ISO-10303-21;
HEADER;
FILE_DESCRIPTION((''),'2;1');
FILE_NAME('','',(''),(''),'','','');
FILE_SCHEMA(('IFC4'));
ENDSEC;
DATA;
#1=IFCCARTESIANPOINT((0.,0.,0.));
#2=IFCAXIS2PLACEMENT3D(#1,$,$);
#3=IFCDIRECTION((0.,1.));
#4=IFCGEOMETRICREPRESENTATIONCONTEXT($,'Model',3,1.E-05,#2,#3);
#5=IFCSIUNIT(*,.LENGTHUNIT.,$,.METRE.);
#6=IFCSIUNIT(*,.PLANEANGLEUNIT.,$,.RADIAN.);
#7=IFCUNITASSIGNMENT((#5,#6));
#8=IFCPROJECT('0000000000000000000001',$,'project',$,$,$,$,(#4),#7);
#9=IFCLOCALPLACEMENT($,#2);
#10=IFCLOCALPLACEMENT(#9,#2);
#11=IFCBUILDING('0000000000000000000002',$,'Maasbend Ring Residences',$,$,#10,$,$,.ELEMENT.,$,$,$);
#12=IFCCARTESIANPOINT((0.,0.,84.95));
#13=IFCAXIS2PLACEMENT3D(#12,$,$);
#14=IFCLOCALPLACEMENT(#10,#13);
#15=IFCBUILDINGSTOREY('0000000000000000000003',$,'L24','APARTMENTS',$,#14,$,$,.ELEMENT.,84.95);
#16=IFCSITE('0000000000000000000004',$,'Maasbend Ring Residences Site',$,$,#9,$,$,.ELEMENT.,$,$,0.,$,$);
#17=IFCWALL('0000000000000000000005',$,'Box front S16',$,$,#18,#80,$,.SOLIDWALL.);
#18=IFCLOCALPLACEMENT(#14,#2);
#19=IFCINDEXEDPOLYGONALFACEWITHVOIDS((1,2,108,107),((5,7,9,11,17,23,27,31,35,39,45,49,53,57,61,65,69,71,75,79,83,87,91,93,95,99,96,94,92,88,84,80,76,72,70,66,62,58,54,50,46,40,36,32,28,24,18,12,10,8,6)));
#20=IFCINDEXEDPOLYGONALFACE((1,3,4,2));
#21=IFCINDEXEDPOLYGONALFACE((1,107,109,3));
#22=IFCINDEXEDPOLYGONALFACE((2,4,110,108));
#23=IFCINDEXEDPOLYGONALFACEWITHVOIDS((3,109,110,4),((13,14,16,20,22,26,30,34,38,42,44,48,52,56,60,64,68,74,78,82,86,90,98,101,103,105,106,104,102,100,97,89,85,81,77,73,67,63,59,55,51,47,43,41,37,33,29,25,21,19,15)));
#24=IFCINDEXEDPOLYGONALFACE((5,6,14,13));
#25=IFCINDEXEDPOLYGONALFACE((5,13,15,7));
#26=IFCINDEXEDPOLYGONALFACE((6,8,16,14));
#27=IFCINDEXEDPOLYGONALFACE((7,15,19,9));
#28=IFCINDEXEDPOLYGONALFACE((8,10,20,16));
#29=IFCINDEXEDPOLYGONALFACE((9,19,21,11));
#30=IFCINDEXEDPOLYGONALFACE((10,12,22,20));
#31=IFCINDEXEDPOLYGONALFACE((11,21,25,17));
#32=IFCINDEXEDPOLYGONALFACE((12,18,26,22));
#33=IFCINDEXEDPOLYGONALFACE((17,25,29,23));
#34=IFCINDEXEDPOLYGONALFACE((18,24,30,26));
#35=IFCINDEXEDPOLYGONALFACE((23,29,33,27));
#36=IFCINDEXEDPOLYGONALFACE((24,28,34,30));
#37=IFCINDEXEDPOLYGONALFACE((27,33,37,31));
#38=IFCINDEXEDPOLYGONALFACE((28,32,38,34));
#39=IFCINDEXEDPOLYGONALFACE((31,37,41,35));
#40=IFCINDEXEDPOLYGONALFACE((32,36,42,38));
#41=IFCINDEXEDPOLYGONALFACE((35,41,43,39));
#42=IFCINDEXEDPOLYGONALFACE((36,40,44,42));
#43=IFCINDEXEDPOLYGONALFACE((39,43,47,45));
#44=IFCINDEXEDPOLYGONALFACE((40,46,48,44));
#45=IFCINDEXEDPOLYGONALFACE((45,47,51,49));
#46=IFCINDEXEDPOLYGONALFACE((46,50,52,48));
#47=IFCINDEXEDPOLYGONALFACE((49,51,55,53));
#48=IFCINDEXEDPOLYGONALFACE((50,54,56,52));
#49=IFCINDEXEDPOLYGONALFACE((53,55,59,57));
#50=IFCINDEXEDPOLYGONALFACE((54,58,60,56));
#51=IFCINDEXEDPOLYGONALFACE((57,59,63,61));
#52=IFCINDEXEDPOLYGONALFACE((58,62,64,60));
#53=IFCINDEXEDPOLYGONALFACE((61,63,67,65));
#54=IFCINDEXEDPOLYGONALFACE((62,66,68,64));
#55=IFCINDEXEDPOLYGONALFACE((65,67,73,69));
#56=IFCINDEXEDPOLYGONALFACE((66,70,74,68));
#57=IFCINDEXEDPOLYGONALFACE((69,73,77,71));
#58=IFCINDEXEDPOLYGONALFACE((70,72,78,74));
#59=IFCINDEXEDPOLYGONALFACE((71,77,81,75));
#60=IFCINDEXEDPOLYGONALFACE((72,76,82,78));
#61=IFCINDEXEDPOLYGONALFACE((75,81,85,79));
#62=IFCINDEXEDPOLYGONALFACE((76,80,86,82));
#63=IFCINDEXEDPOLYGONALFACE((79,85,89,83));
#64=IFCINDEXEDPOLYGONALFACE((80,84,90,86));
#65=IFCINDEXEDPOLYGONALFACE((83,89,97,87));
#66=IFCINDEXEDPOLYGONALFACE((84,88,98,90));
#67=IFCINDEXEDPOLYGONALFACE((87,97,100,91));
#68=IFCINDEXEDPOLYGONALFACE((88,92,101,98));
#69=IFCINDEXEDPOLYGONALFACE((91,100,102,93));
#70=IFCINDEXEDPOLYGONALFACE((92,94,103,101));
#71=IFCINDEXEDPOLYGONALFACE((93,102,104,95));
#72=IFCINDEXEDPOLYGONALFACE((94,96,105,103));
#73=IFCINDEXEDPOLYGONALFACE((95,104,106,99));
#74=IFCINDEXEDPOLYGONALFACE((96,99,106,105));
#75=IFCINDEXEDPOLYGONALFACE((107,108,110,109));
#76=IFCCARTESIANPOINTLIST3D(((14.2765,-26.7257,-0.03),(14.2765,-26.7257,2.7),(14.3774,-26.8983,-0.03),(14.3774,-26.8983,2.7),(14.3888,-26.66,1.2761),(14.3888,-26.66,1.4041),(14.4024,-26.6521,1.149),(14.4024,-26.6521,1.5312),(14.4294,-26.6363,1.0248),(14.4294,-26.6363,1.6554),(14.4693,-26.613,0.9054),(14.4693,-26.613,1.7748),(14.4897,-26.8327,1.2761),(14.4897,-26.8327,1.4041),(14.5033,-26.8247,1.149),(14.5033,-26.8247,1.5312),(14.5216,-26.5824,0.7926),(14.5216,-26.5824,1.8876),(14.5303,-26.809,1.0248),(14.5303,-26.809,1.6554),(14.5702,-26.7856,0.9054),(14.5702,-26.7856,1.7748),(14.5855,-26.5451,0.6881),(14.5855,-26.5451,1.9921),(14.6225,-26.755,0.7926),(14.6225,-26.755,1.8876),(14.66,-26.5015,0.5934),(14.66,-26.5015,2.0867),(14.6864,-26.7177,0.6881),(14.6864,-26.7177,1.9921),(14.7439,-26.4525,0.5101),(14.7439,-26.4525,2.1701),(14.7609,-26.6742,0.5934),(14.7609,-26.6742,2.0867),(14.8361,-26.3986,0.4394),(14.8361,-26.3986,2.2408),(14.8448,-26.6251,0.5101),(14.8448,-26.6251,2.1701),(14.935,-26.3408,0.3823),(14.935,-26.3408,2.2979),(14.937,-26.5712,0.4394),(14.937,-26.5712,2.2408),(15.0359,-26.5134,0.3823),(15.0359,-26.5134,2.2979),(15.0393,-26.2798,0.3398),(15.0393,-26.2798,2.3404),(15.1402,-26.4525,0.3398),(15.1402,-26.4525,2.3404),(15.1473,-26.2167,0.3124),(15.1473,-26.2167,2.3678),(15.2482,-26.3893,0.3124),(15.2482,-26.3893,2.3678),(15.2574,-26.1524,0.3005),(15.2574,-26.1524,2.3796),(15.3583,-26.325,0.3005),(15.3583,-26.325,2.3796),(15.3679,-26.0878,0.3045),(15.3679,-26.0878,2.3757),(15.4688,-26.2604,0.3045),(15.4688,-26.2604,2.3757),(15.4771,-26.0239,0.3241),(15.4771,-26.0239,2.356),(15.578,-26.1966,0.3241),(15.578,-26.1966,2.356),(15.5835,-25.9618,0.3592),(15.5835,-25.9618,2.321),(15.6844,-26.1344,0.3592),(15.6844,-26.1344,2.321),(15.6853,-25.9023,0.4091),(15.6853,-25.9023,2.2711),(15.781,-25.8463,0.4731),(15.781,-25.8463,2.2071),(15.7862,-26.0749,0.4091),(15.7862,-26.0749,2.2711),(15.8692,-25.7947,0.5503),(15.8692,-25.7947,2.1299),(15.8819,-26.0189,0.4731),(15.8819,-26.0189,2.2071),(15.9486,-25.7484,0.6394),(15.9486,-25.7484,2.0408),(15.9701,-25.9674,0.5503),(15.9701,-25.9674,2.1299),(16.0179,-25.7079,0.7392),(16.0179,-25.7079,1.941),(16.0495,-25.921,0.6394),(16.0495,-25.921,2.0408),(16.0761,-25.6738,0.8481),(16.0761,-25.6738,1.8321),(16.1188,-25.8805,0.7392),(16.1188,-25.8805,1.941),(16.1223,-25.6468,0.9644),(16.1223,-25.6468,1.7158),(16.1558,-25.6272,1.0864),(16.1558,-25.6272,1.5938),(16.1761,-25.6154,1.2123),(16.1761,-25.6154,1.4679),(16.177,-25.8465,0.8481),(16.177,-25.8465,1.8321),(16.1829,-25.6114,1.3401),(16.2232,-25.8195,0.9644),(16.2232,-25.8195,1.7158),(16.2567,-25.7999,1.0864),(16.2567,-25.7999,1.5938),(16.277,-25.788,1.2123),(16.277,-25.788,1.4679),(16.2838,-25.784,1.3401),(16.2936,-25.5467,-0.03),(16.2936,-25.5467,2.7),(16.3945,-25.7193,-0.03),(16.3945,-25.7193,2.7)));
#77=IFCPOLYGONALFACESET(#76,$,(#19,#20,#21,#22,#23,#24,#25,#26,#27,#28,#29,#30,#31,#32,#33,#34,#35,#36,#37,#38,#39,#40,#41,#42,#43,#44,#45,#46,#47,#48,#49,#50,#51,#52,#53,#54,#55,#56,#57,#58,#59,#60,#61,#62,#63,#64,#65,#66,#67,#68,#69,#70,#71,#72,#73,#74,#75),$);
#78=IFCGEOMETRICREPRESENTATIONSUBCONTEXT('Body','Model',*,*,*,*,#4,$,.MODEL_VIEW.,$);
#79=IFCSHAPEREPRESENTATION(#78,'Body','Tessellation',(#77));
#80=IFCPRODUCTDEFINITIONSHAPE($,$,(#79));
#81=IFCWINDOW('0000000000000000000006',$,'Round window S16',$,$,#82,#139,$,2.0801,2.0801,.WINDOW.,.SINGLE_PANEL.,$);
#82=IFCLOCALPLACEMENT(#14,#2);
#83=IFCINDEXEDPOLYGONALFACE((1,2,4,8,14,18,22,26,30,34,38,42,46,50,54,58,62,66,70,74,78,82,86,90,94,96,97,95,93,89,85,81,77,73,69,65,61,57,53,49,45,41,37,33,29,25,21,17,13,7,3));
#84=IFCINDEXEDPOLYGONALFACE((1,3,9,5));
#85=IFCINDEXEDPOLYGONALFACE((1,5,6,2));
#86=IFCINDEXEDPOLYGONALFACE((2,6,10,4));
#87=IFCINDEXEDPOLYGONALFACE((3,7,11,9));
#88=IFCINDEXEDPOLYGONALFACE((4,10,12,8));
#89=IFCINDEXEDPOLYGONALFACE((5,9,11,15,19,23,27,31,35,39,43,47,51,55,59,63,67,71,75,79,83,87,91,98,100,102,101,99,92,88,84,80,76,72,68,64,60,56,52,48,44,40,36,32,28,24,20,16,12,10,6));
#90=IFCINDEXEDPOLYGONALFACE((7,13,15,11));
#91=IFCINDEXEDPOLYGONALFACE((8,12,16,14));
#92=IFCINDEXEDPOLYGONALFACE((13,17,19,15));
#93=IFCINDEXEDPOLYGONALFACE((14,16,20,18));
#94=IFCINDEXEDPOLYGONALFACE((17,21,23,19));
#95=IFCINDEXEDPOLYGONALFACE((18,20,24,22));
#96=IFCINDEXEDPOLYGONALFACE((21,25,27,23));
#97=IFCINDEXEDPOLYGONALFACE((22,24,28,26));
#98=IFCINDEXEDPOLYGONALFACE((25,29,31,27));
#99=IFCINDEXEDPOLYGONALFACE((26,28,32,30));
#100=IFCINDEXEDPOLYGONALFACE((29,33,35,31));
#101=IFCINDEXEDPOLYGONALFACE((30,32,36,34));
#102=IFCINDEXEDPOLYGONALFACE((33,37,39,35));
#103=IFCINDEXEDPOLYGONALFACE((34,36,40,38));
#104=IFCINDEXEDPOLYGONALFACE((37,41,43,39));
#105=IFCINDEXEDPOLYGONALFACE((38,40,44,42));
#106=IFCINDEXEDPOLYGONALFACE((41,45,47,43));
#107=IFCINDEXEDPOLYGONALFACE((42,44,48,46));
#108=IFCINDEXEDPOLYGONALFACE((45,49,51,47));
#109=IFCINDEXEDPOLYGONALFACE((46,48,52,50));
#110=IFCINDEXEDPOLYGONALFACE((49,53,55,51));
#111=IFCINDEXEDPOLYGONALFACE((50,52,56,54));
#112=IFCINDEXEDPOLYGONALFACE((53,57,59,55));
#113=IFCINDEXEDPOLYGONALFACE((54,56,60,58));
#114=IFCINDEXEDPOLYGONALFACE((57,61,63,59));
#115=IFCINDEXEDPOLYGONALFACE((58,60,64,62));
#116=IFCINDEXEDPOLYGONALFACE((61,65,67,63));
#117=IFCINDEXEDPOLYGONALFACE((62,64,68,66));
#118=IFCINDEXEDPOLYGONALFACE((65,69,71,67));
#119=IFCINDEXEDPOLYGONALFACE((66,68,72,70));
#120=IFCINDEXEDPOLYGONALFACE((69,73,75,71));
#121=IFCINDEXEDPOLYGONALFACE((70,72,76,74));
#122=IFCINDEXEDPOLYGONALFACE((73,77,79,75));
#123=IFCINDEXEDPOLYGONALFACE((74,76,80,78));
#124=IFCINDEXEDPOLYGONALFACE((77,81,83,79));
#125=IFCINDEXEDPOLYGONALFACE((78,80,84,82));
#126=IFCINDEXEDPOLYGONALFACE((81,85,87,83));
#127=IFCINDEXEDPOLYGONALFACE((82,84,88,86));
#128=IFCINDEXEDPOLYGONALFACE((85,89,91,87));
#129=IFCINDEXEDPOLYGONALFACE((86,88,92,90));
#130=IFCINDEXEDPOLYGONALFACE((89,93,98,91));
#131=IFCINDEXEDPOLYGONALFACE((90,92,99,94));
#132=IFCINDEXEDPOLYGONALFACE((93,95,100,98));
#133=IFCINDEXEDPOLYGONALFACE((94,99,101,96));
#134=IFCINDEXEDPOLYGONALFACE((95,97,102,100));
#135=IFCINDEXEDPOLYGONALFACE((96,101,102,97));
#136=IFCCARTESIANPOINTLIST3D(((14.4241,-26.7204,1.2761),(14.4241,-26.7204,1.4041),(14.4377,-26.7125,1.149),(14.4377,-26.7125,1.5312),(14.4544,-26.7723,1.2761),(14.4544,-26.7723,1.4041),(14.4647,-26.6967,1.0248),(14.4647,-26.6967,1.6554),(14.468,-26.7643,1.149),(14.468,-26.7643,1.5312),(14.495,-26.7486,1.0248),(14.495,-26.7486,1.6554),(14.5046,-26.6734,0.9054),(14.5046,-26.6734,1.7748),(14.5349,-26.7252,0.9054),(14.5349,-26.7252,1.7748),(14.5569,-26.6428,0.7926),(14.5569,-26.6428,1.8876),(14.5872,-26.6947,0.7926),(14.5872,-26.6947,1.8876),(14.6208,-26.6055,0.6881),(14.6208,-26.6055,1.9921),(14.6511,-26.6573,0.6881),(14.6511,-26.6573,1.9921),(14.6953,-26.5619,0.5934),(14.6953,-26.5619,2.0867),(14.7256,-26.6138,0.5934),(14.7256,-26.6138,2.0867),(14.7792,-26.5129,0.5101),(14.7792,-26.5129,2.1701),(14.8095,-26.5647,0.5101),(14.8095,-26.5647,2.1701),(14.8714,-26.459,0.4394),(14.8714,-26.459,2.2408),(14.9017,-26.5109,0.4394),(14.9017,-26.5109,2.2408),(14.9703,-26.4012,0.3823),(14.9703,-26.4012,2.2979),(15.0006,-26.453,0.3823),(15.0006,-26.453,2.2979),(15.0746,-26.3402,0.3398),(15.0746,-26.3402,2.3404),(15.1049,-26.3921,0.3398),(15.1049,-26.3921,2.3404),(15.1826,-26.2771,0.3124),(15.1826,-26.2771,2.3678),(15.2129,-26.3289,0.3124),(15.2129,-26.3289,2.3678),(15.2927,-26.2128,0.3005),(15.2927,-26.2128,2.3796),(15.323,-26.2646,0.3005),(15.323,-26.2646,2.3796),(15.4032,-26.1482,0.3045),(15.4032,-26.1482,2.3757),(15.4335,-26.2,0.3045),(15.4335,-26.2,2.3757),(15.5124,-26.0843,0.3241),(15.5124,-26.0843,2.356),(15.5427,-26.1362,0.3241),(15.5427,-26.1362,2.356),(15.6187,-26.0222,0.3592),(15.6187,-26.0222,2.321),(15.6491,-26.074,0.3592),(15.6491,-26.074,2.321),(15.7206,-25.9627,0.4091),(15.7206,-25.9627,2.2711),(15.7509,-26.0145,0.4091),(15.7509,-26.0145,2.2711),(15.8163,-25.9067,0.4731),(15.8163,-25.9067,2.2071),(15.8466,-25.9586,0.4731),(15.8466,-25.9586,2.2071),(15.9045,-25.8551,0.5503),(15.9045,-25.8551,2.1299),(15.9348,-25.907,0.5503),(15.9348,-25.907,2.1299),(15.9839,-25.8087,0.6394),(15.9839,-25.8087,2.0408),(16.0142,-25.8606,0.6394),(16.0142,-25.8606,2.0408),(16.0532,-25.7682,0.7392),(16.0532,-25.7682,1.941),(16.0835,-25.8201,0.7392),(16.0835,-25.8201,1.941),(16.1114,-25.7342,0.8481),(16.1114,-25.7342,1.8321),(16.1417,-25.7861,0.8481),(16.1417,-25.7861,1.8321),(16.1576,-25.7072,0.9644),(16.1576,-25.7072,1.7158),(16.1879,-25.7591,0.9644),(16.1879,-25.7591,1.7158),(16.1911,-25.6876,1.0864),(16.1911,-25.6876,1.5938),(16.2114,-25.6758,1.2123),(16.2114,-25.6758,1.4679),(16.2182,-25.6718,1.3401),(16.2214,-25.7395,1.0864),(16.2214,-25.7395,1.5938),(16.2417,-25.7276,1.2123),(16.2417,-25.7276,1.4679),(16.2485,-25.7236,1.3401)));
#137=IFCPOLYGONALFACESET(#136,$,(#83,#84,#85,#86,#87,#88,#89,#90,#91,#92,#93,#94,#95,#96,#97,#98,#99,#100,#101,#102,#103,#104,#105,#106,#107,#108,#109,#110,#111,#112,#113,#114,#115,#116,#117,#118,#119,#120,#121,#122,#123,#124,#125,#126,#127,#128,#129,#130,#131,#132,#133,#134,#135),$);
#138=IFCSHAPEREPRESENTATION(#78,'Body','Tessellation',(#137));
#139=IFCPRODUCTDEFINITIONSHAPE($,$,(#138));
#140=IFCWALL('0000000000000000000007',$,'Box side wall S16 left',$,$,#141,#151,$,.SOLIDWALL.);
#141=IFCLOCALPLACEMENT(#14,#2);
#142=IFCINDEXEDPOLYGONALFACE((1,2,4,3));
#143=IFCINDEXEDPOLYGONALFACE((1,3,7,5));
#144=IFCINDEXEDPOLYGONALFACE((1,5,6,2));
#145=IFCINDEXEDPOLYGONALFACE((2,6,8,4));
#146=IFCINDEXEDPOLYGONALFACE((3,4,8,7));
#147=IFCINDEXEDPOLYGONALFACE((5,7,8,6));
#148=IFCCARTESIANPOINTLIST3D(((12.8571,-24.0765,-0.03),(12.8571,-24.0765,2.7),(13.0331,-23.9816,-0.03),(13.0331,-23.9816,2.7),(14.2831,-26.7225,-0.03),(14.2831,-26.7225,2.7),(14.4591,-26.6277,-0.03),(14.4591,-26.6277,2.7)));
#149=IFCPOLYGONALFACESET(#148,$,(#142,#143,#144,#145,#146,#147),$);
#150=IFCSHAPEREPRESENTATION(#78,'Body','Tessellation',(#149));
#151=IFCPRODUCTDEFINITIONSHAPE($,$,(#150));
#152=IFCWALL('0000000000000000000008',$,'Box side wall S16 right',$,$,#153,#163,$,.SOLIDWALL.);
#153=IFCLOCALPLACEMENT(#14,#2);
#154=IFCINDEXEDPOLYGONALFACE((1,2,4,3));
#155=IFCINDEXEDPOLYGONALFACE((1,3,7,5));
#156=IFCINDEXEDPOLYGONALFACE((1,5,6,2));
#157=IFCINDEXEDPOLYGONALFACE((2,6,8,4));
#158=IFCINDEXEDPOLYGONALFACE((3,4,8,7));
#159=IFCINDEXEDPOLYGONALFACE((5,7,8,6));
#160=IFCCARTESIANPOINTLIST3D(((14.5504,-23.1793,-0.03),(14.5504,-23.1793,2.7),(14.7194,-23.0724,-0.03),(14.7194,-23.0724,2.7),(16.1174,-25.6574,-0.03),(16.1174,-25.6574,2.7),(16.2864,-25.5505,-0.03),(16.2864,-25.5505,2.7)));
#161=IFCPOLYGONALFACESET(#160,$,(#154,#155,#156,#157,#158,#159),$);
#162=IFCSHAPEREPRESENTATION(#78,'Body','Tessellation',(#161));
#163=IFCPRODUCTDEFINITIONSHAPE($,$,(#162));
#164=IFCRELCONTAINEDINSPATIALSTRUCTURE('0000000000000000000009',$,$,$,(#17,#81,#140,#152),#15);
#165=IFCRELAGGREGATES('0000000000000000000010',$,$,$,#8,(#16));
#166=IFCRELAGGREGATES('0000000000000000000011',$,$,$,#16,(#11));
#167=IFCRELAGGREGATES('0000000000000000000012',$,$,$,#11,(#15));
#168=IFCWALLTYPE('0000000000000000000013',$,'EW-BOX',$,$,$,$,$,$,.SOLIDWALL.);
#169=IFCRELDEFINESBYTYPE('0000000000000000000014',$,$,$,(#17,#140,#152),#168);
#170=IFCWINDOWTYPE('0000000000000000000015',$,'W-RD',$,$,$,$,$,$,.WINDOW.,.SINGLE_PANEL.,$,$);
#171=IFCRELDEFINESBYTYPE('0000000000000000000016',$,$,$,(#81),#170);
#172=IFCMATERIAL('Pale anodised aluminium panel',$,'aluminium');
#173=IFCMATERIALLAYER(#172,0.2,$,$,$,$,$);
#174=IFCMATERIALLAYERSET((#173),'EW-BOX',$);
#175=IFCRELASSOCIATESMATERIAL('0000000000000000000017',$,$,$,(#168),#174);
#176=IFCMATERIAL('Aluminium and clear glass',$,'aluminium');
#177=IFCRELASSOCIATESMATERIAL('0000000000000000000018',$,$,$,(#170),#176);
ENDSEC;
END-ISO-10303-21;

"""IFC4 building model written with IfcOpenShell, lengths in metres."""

from ifc_helpers import new_model, si_unit, direction, frame, frame_2d, origin, place, context, subcontext, project, spatial, rectangle, circle, extrude, material, layer, layer_set, type_object, element, fill, save


model = new_model("IFC4")

# Units and contexts
model_context = context("Model", 3, precision=1e-05, world=origin(), true_north=direction((0.0, 1.0)))
body_context = subcontext(model_context, "Body", "Model", "MODEL_VIEW")
ifc_project = project(units=[si_unit("LENGTHUNIT", "METRE"), si_unit("PLANEANGLEUNIT", "RADIAN")], contexts=[model_context])

# Site, building, storey
site_placement = place(None, origin())
site = spatial("IfcSite", under=ifc_project, at=site_placement, Name="Maasbend Ring Residences Site", CompositionType="ELEMENT", RefElevation=0.0)
building_placement = place(site_placement, origin())
building = spatial("IfcBuilding", under=site, at=building_placement, Name="Maasbend Ring Residences", CompositionType="ELEMENT")
storey_placement = place(building_placement, frame((0.0, 0.0, 84.95)))
storey = spatial("IfcBuildingStorey", under=building, at=storey_placement, Name="L24", Description="APARTMENTS", CompositionType="ELEMENT", Elevation=84.95)

# Wall, opening, window
ifc_material_1 = material(Name="Pale anodised aluminium panel", Category="aluminium")
ifc_layer_1 = layer(ifc_material_1, 0.2)
ifc_layer_set_1 = layer_set([ifc_layer_1], Name="EW-BOX")
wall_type_1 = type_object("IfcWallType", Name="EW-BOX", PredefinedType="SOLIDWALL", material=ifc_layer_set_1)
wall_1_placement = place(storey_placement, frame((14.3269, -26.812, -0.03), z_axis=(0.0, 0.0, 1.0), x_axis=(0.863347, 0.504612, 0.0)))
wall_1 = element("IfcWall", 1, at=wall_1_placement, inside=storey, type_object=wall_type_1, Name="Box front S16", PredefinedType="SOLIDWALL", context=body_context, shape_type="SweptSolid", body=[
    extrude(rectangle(XDim=2.3364, YDim=0.2, at=frame_2d((1.1682, 0.0))), origin(), (0.0, 0.0, 1.0), 2.73),
])
opening_1_placement = place(wall_1_placement, frame((0.1282, 0.0, 0.3301)))
opening_1 = element("IfcOpeningElement", 2, at=opening_1_placement, cuts=wall_1, PredefinedType="OPENING", context=body_context, shape_type="SweptSolid", body=[
    extrude(circle(Radius=1.04, at=frame_2d((1.04, 1.04))), frame((0.0, 0.1099, 0.0), z_axis=(0.0, -1.0, 0.0), x_axis=(1.0, 0.0, 0.0)), (0.0, 0.0, 1.0), 0.22),
])
ifc_material_2 = material(Name="Aluminium and clear glass", Category="aluminium")
window_type_1 = type_object("IfcWindowType", Name="W-RD", PartitioningType="SINGLE_PANEL", PredefinedType="WINDOW", material=ifc_material_2)
window_1_placement = place(opening_1_placement, origin())
window_1 = element("IfcWindow", 3, at=window_1_placement, inside=storey, type_object=window_type_1, Name="Round window S16", OverallHeight=2.0801, OverallWidth=2.0801, PartitioningType="SINGLE_PANEL", PredefinedType="WINDOW", context=body_context, shape_type="SweptSolid", body=[
    extrude(circle(Radius=1.04, at=frame_2d((1.04, 1.04))), frame((0.0, 0.03, 0.0), z_axis=(0.0, -1.0, 0.0), x_axis=(1.0, 0.0, 0.0)), (0.0, 0.0, 1.0), 0.0601),
])
fill(opening_1, window_1)

# Walls
wall_2_placement = place(storey_placement, frame((12.9451, -24.0291, -0.03), z_axis=(0.0, 0.0, 1.0), x_axis=(0.474424, -0.880296, 0.0)))
element("IfcWall", 4, at=wall_2_placement, inside=storey, type_object=wall_type_1, Name="Box side wall S16 left", PredefinedType="SOLIDWALL", context=body_context, shape_type="SweptSolid", body=[
    extrude(rectangle(XDim=3.0059, YDim=0.2, at=frame_2d((1.5029, 0.0))), origin(), (0.0, 0.0, 1.0), 2.73),
])
wall_3_placement = place(storey_placement, frame((14.635, -23.126, -0.03), z_axis=(0.0, 0.0, 1.0), x_axis=(0.534438, -0.845208, 0.0)))
element("IfcWall", 5, at=wall_3_placement, inside=storey, type_object=wall_type_1, Name="Box side wall S16 right", PredefinedType="SOLIDWALL", context=body_context, shape_type="SweptSolid", body=[
    extrude(rectangle(XDim=2.9319, YDim=0.2, at=frame_2d((1.4658, 0.0))), origin(), (0.0, 0.0, 1.0), 2.73),
])

save(model, "model.ifc")
